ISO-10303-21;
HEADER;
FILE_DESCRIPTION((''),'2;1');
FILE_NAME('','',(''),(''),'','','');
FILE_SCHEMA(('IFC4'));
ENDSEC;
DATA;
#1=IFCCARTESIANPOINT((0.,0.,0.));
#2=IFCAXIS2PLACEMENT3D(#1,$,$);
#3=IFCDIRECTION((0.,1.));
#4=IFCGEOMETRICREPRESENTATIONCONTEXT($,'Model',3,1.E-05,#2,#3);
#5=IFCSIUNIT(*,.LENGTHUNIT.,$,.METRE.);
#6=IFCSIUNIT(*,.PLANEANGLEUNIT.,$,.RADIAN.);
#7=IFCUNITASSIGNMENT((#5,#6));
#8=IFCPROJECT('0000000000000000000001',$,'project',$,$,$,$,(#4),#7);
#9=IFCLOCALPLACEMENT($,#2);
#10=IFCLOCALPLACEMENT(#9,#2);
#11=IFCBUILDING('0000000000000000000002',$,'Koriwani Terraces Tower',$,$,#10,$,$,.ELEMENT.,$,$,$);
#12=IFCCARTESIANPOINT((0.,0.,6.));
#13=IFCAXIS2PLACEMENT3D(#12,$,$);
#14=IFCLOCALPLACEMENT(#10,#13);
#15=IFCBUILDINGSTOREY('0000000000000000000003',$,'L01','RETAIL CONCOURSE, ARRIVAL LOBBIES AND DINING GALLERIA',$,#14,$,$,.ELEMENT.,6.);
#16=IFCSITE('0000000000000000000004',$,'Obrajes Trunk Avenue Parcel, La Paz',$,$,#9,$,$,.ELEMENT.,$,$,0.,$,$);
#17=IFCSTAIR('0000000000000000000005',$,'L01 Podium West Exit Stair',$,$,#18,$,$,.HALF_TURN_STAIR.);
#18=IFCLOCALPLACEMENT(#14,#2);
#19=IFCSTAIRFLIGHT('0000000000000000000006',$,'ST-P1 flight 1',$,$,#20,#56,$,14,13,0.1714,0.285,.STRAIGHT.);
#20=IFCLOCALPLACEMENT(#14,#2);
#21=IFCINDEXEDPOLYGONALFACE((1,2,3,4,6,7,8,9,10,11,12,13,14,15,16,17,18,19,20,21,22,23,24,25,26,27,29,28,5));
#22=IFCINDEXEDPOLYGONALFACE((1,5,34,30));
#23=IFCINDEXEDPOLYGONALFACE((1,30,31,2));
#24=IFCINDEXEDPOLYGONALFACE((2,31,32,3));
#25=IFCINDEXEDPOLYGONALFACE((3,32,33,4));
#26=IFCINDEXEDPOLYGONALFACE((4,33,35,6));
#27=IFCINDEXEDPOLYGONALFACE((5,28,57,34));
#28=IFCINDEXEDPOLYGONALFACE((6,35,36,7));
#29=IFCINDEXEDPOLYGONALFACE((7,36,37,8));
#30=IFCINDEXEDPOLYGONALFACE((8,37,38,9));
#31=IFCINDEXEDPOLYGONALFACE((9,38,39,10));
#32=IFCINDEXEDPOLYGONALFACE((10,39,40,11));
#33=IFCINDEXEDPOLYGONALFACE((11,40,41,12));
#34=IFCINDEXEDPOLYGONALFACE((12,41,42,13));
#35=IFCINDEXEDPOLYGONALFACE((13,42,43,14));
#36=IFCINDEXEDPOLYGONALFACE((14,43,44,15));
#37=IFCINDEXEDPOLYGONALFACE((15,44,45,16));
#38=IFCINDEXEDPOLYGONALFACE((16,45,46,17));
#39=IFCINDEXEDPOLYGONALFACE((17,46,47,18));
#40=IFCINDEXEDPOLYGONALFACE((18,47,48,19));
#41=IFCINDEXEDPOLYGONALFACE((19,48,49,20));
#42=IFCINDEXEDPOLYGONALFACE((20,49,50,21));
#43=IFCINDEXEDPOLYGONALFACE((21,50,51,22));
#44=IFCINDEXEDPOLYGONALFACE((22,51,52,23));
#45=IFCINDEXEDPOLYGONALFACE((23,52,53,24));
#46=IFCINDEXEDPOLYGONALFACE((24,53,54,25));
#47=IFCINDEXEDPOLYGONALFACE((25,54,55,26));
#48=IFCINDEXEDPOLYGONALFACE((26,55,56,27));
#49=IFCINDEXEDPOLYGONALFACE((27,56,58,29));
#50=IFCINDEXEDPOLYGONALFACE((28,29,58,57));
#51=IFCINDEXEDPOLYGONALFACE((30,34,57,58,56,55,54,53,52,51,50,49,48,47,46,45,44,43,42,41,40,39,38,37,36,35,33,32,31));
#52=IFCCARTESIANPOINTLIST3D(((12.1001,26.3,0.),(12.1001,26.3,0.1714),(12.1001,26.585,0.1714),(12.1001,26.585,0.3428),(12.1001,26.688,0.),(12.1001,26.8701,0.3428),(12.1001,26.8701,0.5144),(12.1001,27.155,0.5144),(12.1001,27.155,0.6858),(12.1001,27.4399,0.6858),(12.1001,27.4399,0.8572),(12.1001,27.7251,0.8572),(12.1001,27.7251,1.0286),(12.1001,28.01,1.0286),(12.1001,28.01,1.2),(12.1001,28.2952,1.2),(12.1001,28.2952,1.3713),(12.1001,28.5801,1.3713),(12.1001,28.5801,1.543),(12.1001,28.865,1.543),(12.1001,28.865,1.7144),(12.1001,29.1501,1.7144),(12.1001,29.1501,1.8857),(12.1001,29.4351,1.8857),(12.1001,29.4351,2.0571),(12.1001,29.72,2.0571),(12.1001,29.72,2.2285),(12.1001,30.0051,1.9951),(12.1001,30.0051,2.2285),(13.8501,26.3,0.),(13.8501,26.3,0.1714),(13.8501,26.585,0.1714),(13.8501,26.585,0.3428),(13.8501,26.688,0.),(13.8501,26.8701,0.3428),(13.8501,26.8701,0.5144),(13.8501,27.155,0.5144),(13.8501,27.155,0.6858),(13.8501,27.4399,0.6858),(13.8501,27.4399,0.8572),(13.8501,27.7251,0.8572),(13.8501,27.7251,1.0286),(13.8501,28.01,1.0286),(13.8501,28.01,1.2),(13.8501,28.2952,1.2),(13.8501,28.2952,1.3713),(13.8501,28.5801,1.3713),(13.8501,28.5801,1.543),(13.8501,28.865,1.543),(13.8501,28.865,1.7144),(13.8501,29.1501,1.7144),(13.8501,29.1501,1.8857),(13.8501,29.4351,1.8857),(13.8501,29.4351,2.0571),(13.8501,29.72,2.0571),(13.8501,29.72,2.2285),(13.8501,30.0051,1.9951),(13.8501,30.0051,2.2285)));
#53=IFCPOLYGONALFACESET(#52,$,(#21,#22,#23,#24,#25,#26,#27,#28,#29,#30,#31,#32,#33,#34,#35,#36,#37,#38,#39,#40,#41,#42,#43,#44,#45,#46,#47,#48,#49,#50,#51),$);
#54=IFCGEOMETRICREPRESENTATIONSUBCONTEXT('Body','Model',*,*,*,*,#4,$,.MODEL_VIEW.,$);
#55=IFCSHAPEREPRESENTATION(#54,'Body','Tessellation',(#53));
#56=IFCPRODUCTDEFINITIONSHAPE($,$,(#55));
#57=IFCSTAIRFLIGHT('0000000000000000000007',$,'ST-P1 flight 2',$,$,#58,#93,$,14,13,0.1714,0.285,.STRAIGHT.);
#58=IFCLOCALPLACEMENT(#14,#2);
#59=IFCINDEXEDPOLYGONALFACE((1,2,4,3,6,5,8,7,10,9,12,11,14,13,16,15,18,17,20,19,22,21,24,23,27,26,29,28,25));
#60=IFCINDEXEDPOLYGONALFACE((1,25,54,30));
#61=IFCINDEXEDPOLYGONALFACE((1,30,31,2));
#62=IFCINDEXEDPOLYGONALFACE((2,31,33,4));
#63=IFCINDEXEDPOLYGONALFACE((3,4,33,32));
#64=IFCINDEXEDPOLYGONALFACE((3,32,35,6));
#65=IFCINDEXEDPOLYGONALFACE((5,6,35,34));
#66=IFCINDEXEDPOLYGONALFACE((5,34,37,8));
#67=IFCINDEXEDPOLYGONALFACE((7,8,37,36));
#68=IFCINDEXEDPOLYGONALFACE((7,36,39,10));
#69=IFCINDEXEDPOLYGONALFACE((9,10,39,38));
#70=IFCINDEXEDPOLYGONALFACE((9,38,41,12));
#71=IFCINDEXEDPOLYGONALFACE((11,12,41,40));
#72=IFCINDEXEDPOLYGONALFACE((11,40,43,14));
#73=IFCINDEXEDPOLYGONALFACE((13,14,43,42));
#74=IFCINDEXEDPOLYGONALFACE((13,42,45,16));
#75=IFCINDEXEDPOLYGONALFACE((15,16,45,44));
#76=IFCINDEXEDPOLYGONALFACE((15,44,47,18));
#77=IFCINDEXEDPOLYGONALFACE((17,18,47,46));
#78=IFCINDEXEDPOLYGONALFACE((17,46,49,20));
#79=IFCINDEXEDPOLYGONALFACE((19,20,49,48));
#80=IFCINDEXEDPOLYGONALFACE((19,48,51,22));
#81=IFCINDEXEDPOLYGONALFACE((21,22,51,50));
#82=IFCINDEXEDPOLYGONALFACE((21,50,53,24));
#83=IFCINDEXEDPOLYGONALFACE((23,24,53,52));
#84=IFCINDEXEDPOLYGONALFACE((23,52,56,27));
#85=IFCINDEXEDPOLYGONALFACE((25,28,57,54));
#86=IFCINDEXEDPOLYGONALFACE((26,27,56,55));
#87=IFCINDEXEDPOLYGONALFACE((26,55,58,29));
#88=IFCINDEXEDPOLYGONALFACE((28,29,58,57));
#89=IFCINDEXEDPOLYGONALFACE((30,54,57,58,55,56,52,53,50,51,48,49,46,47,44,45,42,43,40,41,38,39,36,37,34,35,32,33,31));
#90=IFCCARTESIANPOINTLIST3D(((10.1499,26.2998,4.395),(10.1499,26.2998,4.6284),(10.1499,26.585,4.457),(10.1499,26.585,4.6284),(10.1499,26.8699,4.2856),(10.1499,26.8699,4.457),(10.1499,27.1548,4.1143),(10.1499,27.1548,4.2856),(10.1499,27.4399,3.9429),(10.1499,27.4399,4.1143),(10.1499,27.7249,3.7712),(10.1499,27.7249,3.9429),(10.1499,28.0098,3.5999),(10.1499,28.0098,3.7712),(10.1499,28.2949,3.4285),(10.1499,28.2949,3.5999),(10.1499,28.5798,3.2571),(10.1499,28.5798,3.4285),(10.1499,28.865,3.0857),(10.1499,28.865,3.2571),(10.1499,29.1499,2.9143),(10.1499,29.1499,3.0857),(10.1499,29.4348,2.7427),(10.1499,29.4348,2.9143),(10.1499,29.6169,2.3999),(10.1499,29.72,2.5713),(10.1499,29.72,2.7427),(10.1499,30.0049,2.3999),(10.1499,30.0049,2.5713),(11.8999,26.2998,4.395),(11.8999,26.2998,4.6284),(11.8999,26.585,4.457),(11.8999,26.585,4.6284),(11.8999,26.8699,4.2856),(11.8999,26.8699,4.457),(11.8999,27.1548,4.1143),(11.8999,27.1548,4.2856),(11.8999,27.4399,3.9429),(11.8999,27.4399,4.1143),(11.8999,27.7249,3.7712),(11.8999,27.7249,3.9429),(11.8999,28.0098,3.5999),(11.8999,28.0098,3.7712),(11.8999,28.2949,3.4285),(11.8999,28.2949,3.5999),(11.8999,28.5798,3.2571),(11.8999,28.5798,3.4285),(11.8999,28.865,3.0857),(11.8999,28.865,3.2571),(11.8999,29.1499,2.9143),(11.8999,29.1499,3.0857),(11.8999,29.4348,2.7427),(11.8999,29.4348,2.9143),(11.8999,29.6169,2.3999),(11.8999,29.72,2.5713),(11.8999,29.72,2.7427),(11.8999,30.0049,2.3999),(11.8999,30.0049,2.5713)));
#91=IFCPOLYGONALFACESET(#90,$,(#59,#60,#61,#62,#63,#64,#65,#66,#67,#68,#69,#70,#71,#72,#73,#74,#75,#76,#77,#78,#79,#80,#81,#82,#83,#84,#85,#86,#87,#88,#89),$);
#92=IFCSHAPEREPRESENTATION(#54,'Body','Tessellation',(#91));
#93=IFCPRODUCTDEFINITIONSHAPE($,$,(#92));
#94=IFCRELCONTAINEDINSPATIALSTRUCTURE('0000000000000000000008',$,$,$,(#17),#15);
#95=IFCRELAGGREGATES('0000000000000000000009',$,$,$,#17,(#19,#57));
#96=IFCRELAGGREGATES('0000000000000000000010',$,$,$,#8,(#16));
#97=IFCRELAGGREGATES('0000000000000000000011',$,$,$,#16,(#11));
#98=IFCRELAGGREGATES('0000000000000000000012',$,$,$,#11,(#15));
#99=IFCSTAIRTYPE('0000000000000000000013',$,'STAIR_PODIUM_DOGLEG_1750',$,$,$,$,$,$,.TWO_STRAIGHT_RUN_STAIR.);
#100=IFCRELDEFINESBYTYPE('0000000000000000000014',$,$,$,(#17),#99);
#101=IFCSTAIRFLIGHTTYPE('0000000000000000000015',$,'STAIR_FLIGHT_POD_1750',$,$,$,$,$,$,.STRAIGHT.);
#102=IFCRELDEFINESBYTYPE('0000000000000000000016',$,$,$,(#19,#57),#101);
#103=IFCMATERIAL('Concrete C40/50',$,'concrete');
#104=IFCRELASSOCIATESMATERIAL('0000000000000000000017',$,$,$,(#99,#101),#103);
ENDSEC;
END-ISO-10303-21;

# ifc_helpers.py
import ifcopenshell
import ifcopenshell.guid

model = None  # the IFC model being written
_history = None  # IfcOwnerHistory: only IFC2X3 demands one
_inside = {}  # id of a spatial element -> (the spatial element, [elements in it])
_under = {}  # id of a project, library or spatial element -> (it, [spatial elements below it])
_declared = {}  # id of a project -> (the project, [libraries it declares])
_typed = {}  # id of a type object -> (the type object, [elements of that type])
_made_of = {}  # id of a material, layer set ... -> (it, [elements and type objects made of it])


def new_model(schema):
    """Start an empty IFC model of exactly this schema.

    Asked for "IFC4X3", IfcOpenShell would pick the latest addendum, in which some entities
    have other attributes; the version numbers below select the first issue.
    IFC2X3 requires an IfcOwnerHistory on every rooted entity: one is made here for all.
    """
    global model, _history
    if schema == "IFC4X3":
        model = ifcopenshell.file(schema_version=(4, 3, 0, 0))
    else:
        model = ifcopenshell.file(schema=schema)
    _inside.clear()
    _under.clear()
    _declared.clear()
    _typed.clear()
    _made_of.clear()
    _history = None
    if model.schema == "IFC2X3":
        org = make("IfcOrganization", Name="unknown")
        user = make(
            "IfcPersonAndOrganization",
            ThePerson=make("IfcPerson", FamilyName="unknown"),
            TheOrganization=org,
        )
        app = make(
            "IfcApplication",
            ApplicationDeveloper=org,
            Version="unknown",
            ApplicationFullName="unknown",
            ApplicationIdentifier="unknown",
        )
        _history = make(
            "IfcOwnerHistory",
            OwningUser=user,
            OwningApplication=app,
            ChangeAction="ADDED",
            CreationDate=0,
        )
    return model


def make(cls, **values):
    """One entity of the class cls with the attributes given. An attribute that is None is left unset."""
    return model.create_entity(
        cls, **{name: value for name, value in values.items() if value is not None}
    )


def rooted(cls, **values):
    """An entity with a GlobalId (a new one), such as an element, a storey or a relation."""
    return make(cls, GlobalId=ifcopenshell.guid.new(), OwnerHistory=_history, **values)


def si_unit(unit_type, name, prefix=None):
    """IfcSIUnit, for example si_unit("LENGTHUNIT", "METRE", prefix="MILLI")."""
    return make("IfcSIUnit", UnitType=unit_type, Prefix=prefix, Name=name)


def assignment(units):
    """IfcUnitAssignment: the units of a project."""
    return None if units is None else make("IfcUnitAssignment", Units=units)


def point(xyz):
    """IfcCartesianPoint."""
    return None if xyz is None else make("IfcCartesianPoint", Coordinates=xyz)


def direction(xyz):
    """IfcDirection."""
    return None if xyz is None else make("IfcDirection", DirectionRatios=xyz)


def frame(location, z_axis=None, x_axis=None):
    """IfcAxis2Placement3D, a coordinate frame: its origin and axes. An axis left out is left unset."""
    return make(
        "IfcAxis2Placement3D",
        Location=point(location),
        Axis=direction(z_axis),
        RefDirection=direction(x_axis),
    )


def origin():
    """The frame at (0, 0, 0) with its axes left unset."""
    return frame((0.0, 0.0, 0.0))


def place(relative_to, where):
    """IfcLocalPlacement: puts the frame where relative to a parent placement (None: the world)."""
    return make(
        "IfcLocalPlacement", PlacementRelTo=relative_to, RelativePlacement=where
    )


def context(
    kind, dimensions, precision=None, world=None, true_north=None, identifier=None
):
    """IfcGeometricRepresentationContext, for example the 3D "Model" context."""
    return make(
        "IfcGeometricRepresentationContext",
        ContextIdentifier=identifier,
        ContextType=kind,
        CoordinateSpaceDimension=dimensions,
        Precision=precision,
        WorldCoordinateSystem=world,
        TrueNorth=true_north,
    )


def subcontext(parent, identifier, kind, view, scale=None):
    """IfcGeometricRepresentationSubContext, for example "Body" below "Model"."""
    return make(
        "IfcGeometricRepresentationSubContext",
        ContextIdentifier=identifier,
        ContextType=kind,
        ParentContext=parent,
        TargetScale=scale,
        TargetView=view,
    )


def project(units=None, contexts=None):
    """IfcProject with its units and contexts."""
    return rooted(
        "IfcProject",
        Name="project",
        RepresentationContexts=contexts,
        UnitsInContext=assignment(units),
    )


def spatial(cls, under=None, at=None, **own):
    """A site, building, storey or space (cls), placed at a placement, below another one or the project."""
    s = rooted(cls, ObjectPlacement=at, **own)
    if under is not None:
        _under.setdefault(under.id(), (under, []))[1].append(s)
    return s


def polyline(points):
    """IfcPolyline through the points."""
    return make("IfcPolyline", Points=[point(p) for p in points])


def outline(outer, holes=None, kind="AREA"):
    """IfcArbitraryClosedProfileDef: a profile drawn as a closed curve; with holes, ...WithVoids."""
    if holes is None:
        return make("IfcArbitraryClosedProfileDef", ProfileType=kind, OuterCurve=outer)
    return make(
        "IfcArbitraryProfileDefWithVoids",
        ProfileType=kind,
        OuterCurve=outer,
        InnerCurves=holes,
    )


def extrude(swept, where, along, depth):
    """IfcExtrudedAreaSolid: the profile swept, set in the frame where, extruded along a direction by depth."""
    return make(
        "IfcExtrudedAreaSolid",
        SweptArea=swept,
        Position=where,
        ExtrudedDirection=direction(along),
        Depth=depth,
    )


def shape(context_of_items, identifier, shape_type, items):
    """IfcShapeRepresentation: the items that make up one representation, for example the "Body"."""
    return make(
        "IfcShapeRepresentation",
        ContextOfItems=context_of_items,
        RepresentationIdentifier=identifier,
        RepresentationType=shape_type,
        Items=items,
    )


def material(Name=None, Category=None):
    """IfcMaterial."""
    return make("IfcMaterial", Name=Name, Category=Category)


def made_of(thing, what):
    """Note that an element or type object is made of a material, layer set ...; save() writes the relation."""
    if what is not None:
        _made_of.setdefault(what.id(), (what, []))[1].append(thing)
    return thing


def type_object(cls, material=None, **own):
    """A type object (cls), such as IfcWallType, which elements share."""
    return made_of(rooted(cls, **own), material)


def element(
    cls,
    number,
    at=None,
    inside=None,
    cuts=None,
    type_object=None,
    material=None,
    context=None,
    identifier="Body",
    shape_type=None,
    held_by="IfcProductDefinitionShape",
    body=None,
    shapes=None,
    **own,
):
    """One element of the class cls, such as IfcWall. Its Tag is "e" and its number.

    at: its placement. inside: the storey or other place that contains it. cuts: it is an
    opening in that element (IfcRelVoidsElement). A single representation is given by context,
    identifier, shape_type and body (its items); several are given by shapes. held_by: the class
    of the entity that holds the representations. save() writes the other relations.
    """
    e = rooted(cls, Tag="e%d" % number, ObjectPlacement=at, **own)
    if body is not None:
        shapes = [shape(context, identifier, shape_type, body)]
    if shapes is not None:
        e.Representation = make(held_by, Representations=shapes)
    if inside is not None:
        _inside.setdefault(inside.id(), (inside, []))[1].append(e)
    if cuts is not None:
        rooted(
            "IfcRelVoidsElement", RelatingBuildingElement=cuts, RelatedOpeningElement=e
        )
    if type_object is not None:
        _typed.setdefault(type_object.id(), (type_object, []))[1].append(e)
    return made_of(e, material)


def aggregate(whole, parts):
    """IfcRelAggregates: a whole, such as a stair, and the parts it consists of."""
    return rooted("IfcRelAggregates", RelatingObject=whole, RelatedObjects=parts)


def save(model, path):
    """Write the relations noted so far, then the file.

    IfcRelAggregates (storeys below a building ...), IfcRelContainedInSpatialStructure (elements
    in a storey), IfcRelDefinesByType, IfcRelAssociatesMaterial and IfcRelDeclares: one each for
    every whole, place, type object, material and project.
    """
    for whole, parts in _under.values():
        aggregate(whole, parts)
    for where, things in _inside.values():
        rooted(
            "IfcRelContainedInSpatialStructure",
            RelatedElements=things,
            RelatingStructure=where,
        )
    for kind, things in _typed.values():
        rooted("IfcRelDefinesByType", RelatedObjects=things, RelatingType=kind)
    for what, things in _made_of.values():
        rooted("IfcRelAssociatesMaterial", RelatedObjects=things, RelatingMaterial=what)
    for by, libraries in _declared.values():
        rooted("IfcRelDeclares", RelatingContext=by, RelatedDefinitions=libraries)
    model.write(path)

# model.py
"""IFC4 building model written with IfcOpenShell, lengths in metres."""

from ifc_helpers import new_model, si_unit, direction, frame, origin, place, context, subcontext, project, spatial, polyline, outline, extrude, material, type_object, element, aggregate, save


model = new_model("IFC4")

# Units and contexts
model_context = context("Model", 3, precision=1e-05, world=origin(), true_north=direction((0.0, 1.0)))
body_context = subcontext(model_context, "Body", "Model", "MODEL_VIEW")
ifc_project = project(units=[si_unit("LENGTHUNIT", "METRE"), si_unit("PLANEANGLEUNIT", "RADIAN")], contexts=[model_context])

# Site, building, storey
site_placement = place(None, origin())
site = spatial("IfcSite", under=ifc_project, at=site_placement, Name="Obrajes Trunk Avenue Parcel, La Paz", CompositionType="ELEMENT", RefElevation=0.0)
building_placement = place(site_placement, origin())
building = spatial("IfcBuilding", under=site, at=building_placement, Name="Koriwani Terraces Tower", CompositionType="ELEMENT")
storey_placement = place(building_placement, frame((0.0, 0.0, 6.0)))
storey = spatial("IfcBuildingStorey", under=building, at=storey_placement, Name="L01", Description="RETAIL CONCOURSE, ARRIVAL LOBBIES AND DINING GALLERIA", CompositionType="ELEMENT", Elevation=6.0)

# Shared definitions
ifc_material_1 = material(Name="Concrete C40/50", Category="concrete")

# Stair, stair flights
stair_type = type_object("IfcStairType", Name="STAIR_PODIUM_DOGLEG_1750", PredefinedType="TWO_STRAIGHT_RUN_STAIR", material=ifc_material_1)
stair_placement = place(storey_placement, origin())
stair = element("IfcStair", 1, at=stair_placement, inside=storey, type_object=stair_type, Name="L01 Podium West Exit Stair", PredefinedType="HALF_TURN_STAIR")
stair_flight_type = type_object("IfcStairFlightType", Name="STAIR_FLIGHT_POD_1750", PredefinedType="STRAIGHT", material=ifc_material_1)
stair_flight_1_placement = place(storey_placement, frame((12.9751, 26.3, 0.0), z_axis=(0.0, 0.0, 1.0), x_axis=(0.0, 1.0, 0.0)))
stair_flight_1 = element("IfcStairFlight", 2, at=stair_flight_1_placement, type_object=stair_flight_type, Name="ST-P1 flight 1", NumberOfRisers=14, NumberOfTreads=13, PredefinedType="STRAIGHT", RiserHeight=0.1714, TreadLength=0.285, context=body_context, shape_type="SweptSolid", body=[
    extrude(outline(polyline([(0.0, 0.0), (0.0, 0.1714), (0.2849, 0.1714), (0.2849, 0.3428), (0.5701, 0.3428), (0.5701, 0.5144), (0.855, 0.5144), (0.855, 0.6858), (1.1399, 0.6858), (1.1399, 0.8572), (1.425, 0.8572), (1.425, 1.0286), (1.71, 1.0286), (1.71, 1.2), (1.9951, 1.2), (1.9951, 1.3713), (2.28, 1.3713), (2.28, 1.543), (2.5649, 1.543), (2.5649, 1.7144), (2.8501, 1.7144), (2.8501, 1.8857), (3.135, 1.8857), (3.135, 2.0571), (3.4199, 2.0571), (3.4199, 2.2285), (3.7051, 2.2285), (3.7051, 2.3999), (3.7051, 1.9951), (0.3879, 0.0), (0.0, 0.0)])), frame((0.0, 0.875, 0.0), z_axis=(0.0, -1.0, 0.0), x_axis=(1.0, 0.0, 0.0)), (0.0, 0.0, 1.0), 1.75),
])
stair_flight_2_placement = place(storey_placement, frame((11.0249, 30.0049, 2.3999), z_axis=(0.0, 0.0, 1.0), x_axis=(0.0, -1.0, 0.0)))
stair_flight_2 = element("IfcStairFlight", 3, at=stair_flight_2_placement, type_object=stair_flight_type, Name="ST-P1 flight 2", NumberOfRisers=14, NumberOfTreads=13, PredefinedType="STRAIGHT", RiserHeight=0.1714, TreadLength=0.285, context=body_context, shape_type="SweptSolid", body=[
    extrude(outline(polyline([(0.0, 0.0), (0.0, 0.1714), (0.2849, 0.1714), (0.2849, 0.3428), (0.5701, 0.3428), (0.5701, 0.5144), (0.855, 0.5144), (0.855, 0.6858), (1.1399, 0.6858), (1.1399, 0.8572), (1.425, 0.8572), (1.425, 1.0286), (1.71, 1.0286), (1.71, 1.2), (1.9951, 1.2), (1.9951, 1.3713), (2.28, 1.3713), (2.28, 1.543), (2.5649, 1.543), (2.5649, 1.7144), (2.8501, 1.7144), (2.8501, 1.8857), (3.135, 1.8857), (3.135, 2.0571), (3.4199, 2.0571), (3.4199, 2.2285), (3.7051, 2.2285), (3.7051, 2.3999), (3.7051, 1.9951), (0.3879, 0.0), (0.0, 0.0)])), frame((0.0, 0.875, 0.0), z_axis=(0.0, -1.0, 0.0), x_axis=(1.0, 0.0, 0.0)), (0.0, 0.0, 1.0), 1.75),
])
aggregate(stair, [stair_flight_1, stair_flight_2])

save(model, "model.ifc")
